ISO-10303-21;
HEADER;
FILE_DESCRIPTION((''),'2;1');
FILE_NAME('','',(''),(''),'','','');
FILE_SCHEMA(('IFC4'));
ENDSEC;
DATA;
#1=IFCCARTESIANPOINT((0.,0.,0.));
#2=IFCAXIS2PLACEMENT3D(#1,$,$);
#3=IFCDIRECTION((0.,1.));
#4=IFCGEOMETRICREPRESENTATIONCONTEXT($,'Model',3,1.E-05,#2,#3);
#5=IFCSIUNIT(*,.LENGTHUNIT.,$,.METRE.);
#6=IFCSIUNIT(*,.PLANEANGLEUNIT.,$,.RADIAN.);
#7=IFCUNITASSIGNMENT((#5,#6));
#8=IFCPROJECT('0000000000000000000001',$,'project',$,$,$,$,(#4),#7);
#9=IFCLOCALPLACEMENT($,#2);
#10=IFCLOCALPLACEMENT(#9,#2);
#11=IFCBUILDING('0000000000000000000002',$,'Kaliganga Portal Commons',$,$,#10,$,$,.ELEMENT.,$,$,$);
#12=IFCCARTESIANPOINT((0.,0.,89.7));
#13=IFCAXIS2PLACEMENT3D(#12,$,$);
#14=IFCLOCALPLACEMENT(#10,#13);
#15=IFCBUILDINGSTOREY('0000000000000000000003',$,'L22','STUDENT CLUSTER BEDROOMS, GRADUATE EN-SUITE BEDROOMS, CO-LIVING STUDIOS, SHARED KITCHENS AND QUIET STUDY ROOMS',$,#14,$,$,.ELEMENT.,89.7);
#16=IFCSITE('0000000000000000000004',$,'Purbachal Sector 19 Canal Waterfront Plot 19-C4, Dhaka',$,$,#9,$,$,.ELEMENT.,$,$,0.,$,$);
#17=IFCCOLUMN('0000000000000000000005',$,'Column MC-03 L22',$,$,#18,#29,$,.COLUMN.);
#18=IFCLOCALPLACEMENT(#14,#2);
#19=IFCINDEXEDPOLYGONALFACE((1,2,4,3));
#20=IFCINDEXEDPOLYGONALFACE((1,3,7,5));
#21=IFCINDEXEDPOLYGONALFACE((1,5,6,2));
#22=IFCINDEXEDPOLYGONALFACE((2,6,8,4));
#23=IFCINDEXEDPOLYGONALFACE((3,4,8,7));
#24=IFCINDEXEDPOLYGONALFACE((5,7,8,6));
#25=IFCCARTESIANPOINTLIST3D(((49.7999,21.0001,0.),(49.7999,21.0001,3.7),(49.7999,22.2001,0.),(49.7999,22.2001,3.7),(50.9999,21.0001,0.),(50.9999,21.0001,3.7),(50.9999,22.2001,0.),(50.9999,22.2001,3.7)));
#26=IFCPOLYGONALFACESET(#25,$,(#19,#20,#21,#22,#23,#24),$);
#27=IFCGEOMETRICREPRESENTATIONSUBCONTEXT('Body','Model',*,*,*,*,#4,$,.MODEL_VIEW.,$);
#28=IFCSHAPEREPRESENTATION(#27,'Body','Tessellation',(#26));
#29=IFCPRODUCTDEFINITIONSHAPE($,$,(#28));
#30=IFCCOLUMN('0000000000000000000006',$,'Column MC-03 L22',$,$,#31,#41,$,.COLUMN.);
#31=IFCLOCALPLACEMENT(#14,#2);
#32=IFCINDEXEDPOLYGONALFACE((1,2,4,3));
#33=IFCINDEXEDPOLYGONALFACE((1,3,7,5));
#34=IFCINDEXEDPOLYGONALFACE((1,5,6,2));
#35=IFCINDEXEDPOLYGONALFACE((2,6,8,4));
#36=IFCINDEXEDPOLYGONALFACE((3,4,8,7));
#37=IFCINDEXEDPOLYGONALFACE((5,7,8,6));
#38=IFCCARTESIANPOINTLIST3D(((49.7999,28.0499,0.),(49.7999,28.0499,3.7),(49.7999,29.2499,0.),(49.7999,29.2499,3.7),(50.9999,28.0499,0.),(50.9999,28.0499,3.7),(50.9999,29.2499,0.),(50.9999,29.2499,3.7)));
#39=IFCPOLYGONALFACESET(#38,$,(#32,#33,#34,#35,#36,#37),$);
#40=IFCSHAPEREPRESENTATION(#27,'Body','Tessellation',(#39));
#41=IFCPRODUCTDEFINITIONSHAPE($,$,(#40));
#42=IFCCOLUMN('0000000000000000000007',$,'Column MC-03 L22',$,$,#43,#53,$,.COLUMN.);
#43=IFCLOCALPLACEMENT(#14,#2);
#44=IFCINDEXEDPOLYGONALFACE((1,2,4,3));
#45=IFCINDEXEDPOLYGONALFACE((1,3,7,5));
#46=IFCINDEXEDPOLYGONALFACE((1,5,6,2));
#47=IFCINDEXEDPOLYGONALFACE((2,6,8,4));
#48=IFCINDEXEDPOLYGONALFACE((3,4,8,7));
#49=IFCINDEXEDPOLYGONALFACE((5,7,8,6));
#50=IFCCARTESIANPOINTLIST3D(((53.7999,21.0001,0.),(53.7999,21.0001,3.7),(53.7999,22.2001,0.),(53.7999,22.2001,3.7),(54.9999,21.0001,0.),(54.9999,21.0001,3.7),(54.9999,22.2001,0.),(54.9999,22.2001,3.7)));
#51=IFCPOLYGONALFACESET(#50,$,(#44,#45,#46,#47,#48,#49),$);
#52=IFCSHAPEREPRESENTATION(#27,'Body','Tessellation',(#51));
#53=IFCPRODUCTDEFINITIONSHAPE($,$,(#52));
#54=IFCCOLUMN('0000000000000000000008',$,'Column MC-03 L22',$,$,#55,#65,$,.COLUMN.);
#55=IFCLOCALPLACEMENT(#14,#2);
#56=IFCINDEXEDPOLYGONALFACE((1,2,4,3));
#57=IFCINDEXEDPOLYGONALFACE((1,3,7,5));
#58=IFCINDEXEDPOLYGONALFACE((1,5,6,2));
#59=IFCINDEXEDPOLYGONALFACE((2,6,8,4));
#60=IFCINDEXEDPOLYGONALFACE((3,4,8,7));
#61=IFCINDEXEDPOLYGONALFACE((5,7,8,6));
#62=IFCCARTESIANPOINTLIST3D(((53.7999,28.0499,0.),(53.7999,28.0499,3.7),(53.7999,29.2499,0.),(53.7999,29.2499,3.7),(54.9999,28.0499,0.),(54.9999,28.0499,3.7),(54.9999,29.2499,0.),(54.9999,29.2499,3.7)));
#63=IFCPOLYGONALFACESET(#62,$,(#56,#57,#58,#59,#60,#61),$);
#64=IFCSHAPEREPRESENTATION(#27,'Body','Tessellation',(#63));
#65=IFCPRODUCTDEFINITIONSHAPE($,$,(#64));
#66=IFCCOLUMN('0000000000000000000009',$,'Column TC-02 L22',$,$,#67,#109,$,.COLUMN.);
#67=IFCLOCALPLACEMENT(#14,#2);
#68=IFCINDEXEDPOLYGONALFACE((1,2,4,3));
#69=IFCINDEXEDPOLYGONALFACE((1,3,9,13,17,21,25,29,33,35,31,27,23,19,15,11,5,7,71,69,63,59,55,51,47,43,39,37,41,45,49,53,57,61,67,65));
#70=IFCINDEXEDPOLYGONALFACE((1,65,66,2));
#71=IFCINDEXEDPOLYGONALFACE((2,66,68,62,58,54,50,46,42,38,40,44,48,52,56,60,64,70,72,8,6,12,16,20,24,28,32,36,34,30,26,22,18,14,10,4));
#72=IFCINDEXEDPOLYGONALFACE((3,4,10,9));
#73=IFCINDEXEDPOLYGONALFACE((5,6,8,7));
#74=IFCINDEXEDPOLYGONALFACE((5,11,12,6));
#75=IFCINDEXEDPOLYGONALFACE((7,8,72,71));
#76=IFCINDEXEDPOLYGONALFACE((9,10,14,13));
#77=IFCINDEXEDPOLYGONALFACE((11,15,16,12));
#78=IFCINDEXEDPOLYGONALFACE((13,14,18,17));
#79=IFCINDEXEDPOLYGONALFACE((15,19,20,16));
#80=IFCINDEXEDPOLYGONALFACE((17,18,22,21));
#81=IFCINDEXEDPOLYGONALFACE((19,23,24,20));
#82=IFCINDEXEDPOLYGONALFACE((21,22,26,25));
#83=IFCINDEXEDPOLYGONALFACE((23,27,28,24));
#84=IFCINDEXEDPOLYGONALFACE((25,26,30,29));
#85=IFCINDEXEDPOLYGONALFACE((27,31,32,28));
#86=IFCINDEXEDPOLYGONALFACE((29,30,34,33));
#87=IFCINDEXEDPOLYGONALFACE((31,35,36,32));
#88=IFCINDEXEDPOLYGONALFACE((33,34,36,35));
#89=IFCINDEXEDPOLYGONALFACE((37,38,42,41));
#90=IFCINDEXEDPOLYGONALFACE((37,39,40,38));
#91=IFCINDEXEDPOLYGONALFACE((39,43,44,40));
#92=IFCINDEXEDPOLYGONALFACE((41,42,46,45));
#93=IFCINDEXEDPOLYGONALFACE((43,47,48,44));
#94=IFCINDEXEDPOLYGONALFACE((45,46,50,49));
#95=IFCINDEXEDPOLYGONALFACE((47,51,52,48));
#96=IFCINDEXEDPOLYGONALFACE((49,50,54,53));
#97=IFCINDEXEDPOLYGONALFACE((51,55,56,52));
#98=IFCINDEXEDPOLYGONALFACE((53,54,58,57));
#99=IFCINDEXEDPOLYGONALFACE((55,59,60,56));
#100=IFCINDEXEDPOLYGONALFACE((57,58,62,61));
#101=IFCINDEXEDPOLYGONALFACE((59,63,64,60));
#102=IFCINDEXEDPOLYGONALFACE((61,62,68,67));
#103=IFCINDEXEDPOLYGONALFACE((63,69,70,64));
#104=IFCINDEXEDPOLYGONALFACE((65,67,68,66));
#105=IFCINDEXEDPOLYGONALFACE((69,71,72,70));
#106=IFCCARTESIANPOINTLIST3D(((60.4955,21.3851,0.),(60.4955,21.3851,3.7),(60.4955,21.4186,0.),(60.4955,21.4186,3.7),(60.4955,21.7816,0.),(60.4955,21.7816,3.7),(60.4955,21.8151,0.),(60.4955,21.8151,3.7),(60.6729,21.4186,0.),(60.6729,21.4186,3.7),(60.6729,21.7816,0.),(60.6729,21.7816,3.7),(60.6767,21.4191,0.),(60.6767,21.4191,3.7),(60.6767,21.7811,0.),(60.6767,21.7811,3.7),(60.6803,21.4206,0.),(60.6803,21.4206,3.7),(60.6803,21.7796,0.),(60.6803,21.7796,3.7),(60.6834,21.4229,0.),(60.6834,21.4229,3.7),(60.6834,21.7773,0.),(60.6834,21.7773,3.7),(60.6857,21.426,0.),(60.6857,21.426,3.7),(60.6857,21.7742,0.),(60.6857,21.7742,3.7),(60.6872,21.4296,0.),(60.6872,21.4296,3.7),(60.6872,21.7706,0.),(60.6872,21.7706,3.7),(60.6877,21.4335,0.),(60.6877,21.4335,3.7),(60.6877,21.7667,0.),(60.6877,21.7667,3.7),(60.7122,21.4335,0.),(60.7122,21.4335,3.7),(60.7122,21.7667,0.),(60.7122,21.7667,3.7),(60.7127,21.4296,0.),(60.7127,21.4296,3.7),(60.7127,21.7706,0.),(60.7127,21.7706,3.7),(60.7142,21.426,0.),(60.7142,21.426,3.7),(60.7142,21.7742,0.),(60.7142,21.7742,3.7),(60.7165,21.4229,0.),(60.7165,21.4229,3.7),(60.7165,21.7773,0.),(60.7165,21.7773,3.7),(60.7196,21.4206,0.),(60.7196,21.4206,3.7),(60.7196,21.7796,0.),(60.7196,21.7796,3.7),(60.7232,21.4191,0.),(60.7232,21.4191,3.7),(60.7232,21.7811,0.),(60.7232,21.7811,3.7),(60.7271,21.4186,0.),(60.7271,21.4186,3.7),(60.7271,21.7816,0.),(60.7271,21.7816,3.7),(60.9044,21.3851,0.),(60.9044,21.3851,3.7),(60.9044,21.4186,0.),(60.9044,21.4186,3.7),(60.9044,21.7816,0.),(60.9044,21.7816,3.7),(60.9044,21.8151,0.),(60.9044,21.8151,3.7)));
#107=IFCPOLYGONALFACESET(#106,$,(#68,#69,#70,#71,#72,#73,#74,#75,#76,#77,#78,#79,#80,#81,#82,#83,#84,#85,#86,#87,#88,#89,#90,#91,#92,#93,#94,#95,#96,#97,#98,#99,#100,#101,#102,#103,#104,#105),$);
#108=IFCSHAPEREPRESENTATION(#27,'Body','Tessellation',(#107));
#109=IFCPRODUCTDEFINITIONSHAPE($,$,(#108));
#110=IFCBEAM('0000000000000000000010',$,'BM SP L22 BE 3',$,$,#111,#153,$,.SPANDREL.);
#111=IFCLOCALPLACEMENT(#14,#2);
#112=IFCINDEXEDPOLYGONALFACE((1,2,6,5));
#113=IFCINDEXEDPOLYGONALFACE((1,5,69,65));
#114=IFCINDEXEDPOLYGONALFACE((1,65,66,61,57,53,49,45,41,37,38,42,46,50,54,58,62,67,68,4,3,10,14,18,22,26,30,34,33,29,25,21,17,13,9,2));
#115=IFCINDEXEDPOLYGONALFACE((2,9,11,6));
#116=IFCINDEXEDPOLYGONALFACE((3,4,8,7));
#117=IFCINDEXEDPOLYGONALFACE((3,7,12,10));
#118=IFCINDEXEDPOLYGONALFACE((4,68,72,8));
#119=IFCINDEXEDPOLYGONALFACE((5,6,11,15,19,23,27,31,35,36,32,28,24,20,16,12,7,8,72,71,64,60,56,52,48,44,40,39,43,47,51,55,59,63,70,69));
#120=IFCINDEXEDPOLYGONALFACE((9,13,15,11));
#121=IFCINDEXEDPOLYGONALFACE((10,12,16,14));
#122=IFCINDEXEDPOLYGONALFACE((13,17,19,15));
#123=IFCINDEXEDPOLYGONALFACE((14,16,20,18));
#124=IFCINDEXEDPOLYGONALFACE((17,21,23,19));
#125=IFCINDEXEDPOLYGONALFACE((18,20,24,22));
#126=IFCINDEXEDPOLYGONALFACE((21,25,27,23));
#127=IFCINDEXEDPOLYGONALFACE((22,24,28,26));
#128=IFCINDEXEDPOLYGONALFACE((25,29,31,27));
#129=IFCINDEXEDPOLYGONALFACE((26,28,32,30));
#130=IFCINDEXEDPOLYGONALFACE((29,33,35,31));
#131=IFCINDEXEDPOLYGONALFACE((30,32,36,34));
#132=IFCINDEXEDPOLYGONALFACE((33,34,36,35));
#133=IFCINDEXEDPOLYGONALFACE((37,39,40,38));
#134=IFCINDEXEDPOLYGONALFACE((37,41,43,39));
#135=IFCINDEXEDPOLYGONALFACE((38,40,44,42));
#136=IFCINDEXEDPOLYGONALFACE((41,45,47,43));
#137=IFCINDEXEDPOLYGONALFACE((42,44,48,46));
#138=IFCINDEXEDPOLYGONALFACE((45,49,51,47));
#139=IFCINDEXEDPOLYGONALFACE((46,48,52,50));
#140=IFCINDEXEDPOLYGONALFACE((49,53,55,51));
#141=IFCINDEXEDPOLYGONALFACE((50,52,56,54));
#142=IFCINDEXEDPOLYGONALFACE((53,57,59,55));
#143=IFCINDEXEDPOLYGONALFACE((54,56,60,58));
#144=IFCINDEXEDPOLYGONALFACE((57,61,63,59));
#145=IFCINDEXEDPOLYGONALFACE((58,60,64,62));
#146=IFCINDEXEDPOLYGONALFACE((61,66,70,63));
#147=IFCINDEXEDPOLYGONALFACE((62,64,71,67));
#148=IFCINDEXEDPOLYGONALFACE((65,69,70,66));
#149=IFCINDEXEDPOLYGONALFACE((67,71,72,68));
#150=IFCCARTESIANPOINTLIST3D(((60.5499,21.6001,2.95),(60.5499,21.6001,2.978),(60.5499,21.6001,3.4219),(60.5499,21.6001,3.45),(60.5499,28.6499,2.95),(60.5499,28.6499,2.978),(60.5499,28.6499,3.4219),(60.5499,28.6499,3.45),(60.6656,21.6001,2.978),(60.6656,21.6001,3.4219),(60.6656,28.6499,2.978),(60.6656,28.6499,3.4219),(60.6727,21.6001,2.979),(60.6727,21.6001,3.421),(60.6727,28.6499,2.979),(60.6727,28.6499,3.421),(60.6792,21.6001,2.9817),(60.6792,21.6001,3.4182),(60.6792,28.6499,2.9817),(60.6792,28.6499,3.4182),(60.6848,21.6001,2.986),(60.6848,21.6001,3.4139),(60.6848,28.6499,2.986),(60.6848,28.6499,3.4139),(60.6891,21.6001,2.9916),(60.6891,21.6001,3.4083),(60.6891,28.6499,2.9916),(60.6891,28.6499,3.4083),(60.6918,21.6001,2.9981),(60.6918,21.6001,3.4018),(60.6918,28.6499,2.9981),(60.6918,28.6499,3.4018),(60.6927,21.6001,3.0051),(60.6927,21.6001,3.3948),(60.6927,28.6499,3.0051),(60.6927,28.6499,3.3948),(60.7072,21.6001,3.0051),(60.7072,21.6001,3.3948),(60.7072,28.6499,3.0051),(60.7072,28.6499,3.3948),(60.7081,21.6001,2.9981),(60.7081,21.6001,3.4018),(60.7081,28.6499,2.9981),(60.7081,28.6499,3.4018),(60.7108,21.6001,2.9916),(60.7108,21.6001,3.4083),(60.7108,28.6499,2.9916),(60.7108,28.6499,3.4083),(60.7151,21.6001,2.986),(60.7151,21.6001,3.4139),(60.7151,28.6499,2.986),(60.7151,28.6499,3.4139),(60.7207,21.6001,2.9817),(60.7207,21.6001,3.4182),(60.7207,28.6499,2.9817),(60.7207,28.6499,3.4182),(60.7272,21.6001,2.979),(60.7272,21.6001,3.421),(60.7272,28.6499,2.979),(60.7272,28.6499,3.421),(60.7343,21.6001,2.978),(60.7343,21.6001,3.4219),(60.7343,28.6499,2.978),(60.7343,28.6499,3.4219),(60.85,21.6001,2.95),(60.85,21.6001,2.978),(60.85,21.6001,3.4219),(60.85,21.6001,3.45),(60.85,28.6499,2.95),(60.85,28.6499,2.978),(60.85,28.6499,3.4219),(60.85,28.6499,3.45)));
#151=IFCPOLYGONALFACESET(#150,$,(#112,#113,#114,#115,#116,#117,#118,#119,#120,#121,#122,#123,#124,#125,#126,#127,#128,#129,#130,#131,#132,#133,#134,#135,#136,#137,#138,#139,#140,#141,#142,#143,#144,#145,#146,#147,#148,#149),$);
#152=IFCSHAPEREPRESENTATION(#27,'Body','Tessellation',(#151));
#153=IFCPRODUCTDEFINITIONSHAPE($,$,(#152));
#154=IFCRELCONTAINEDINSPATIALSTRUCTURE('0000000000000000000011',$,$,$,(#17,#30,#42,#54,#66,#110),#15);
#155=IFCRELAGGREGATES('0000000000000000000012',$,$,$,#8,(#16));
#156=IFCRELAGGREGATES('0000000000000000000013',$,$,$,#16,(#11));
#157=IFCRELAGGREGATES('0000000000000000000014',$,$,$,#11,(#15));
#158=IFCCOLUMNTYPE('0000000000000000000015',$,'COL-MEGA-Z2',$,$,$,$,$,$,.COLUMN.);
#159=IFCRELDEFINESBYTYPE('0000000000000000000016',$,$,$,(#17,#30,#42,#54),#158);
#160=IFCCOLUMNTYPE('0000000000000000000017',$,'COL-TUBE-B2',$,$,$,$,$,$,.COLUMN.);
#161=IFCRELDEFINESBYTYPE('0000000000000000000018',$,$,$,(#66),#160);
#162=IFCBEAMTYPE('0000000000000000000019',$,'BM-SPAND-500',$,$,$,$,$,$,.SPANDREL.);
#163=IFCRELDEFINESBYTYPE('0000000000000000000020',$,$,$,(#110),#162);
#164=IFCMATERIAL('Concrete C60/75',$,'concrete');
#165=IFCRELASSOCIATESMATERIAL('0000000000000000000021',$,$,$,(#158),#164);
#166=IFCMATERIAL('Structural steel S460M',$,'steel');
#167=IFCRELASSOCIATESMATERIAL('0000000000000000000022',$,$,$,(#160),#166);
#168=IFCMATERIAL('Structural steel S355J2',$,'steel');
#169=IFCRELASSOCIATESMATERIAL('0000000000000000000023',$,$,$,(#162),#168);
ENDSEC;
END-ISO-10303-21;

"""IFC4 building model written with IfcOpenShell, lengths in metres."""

from ifc_helpers import new_model, si_unit, direction, frame, origin, origin_2d, place, context, subcontext, project, spatial, rectangle, i_section, extrude, source, transform, mapped, material, material_profile, profile_set, type_object, element, save


model = new_model("IFC4")

# Units and contexts
model_context = context("Model", 3, precision=1e-05, world=origin(), true_north=direction((0.0, 1.0)))
body_context = subcontext(model_context, "Body", "Model", "MODEL_VIEW")
ifc_project = project(units=[si_unit("LENGTHUNIT", "METRE"), si_unit("PLANEANGLEUNIT", "RADIAN")], contexts=[model_context])

# Site, building, storey
site_placement = place(None, origin())
site = spatial("IfcSite", under=ifc_project, at=site_placement, Name="Purbachal Sector 19 Canal Waterfront Plot 19-C4, Dhaka", CompositionType="ELEMENT", RefElevation=0.0)
building_placement = place(site_placement, origin())
building = spatial("IfcBuilding", under=site, at=building_placement, Name="Kaliganga Portal Commons", CompositionType="ELEMENT")
storey_placement = place(building_placement, frame((0.0, 0.0, 89.7)))
storey = spatial("IfcBuildingStorey", under=building, at=storey_placement, Name="L22", Description="STUDENT CLUSTER BEDROOMS, GRADUATE EN-SUITE BEDROOMS, CO-LIVING STUDIOS, SHARED KITCHENS AND QUIET STUDY ROOMS", CompositionType="ELEMENT", Elevation=89.7)

# Columns
ifc_material_1 = material(Name="Concrete C60/75", Category="concrete")
ifc_material_profile_1 = material_profile(ifc_material_1, rectangle(XDim=1.2, YDim=1.2, at=origin_2d()), Name="RC 1200x1200")
ifc_profile_set_1 = profile_set([ifc_material_profile_1], Name="Concrete C60/75")
column_type_1 = type_object("IfcColumnType", Name="COL-MEGA-Z2", PredefinedType="COLUMN", material=ifc_profile_set_1)
shared_shape_1 = source(origin(), body_context, "Body", "SweptSolid", [
    extrude(rectangle(XDim=1.2, YDim=1.2, at=origin_2d()), origin(), (0.0, 0.0, 1.0), 3.7),
])
for number, where, z_axis, x_axis, name in (
    (1, (50.3999, 21.6001, 0.0), (0.0, 0.0, 1.0), (1.0, 0.0, 0.0), "Column MC-03 L22"),
    (2, (50.3999, 28.6499, 0.0), (0.0, 0.0, 1.0), (1.0, 0.0, 0.0), "Column MC-03 L22"),
    (3, (54.3999, 21.6001, 0.0), (0.0, 0.0, 1.0), (1.0, 0.0, 0.0), "Column MC-03 L22"),
    (4, (54.3999, 28.6499, 0.0), (0.0, 0.0, 1.0), (1.0, 0.0, 0.0), "Column MC-03 L22"),
):
    element("IfcColumn", number, at=place(storey_placement, frame(where, z_axis=z_axis, x_axis=x_axis)), inside=storey, type_object=column_type_1, Name=name, PredefinedType="COLUMN", context=body_context, shape_type="MappedRepresentation", body=[
        mapped(shared_shape_1, transform((0.0, 0.0, 0.0), x_axis=(1.0, 0.0, 0.0), y_axis=(0.0, 1.0, 0.0), z_axis=(0.0, 0.0, 1.0), scale=1.0)),
    ])
ifc_material_2 = material(Name="Structural steel S460M", Category="steel")
ifc_material_profile_2 = material_profile(ifc_material_2, i_section(OverallWidth=0.4089, OverallDepth=0.4299, WebThickness=0.0244, FlangeThickness=0.0334, FilletRadius=0.0149, at=origin_2d()), Name="HD 400x421")
ifc_profile_set_2 = profile_set([ifc_material_profile_2], Name="Structural steel S460M wide-flange")
column_type_2 = type_object("IfcColumnType", Name="COL-TUBE-B2", PredefinedType="COLUMN", material=ifc_profile_set_2)
shared_shape_2 = source(origin(), body_context, "Body", "SweptSolid", [
    extrude(i_section(OverallWidth=0.4089, OverallDepth=0.4299, WebThickness=0.0244, FlangeThickness=0.0334, FilletRadius=0.0149, at=origin_2d()), origin(), (0.0, 0.0, 1.0), 3.7),
])
column_placement = place(storey_placement, frame((60.7, 21.6001, 0.0), z_axis=(0.0, 0.0, 1.0), x_axis=(1.0, 0.0, 0.0)))
element("IfcColumn", 5, at=column_placement, inside=storey, type_object=column_type_2, Name="Column TC-02 L22", PredefinedType="COLUMN", context=body_context, shape_type="MappedRepresentation", body=[
    mapped(shared_shape_2, transform((0.0, 0.0, 0.0), x_axis=(1.0, 0.0, 0.0), y_axis=(0.0, 1.0, 0.0), z_axis=(0.0, 0.0, 1.0), scale=1.0)),
])

# Beam
ifc_material_3 = material(Name="Structural steel S355J2", Category="steel")
ifc_material_profile_3 = material_profile(ifc_material_3, i_section(OverallWidth=0.3, OverallDepth=0.5, WebThickness=0.0144, FlangeThickness=0.0281, FilletRadius=0.0271, at=origin_2d()), Name="HE 500 B")
ifc_profile_set_3 = profile_set([ifc_material_profile_3], Name="Structural steel S355J2 wide-flange")
beam_type_1 = type_object("IfcBeamType", Name="BM-SPAND-500", PredefinedType="SPANDREL", material=ifc_profile_set_3)
shared_shape_3 = source(origin(), body_context, "Body", "SweptSolid", [
    extrude(i_section(OverallWidth=0.3, OverallDepth=0.5, WebThickness=0.0144, FlangeThickness=0.0281, FilletRadius=0.0271, at=origin_2d()), origin(), (0.0, 0.0, 1.0), 7.0498),
])
beam_placement = place(storey_placement, frame((60.7, 21.6001, 3.2), z_axis=(0.0, 1.0, 0.0), x_axis=(-1.0, 0.0, 0.0)))
element("IfcBeam", 6, at=beam_placement, inside=storey, type_object=beam_type_1, Name="BM SP L22 BE 3", PredefinedType="SPANDREL", context=body_context, shape_type="MappedRepresentation", body=[
    mapped(shared_shape_3, transform((0.0, 0.0, 0.0), x_axis=(1.0, 0.0, 0.0), y_axis=(0.0, 1.0, 0.0), z_axis=(0.0, 0.0, 1.0), scale=1.0)),
])

save(model, "model.ifc")
